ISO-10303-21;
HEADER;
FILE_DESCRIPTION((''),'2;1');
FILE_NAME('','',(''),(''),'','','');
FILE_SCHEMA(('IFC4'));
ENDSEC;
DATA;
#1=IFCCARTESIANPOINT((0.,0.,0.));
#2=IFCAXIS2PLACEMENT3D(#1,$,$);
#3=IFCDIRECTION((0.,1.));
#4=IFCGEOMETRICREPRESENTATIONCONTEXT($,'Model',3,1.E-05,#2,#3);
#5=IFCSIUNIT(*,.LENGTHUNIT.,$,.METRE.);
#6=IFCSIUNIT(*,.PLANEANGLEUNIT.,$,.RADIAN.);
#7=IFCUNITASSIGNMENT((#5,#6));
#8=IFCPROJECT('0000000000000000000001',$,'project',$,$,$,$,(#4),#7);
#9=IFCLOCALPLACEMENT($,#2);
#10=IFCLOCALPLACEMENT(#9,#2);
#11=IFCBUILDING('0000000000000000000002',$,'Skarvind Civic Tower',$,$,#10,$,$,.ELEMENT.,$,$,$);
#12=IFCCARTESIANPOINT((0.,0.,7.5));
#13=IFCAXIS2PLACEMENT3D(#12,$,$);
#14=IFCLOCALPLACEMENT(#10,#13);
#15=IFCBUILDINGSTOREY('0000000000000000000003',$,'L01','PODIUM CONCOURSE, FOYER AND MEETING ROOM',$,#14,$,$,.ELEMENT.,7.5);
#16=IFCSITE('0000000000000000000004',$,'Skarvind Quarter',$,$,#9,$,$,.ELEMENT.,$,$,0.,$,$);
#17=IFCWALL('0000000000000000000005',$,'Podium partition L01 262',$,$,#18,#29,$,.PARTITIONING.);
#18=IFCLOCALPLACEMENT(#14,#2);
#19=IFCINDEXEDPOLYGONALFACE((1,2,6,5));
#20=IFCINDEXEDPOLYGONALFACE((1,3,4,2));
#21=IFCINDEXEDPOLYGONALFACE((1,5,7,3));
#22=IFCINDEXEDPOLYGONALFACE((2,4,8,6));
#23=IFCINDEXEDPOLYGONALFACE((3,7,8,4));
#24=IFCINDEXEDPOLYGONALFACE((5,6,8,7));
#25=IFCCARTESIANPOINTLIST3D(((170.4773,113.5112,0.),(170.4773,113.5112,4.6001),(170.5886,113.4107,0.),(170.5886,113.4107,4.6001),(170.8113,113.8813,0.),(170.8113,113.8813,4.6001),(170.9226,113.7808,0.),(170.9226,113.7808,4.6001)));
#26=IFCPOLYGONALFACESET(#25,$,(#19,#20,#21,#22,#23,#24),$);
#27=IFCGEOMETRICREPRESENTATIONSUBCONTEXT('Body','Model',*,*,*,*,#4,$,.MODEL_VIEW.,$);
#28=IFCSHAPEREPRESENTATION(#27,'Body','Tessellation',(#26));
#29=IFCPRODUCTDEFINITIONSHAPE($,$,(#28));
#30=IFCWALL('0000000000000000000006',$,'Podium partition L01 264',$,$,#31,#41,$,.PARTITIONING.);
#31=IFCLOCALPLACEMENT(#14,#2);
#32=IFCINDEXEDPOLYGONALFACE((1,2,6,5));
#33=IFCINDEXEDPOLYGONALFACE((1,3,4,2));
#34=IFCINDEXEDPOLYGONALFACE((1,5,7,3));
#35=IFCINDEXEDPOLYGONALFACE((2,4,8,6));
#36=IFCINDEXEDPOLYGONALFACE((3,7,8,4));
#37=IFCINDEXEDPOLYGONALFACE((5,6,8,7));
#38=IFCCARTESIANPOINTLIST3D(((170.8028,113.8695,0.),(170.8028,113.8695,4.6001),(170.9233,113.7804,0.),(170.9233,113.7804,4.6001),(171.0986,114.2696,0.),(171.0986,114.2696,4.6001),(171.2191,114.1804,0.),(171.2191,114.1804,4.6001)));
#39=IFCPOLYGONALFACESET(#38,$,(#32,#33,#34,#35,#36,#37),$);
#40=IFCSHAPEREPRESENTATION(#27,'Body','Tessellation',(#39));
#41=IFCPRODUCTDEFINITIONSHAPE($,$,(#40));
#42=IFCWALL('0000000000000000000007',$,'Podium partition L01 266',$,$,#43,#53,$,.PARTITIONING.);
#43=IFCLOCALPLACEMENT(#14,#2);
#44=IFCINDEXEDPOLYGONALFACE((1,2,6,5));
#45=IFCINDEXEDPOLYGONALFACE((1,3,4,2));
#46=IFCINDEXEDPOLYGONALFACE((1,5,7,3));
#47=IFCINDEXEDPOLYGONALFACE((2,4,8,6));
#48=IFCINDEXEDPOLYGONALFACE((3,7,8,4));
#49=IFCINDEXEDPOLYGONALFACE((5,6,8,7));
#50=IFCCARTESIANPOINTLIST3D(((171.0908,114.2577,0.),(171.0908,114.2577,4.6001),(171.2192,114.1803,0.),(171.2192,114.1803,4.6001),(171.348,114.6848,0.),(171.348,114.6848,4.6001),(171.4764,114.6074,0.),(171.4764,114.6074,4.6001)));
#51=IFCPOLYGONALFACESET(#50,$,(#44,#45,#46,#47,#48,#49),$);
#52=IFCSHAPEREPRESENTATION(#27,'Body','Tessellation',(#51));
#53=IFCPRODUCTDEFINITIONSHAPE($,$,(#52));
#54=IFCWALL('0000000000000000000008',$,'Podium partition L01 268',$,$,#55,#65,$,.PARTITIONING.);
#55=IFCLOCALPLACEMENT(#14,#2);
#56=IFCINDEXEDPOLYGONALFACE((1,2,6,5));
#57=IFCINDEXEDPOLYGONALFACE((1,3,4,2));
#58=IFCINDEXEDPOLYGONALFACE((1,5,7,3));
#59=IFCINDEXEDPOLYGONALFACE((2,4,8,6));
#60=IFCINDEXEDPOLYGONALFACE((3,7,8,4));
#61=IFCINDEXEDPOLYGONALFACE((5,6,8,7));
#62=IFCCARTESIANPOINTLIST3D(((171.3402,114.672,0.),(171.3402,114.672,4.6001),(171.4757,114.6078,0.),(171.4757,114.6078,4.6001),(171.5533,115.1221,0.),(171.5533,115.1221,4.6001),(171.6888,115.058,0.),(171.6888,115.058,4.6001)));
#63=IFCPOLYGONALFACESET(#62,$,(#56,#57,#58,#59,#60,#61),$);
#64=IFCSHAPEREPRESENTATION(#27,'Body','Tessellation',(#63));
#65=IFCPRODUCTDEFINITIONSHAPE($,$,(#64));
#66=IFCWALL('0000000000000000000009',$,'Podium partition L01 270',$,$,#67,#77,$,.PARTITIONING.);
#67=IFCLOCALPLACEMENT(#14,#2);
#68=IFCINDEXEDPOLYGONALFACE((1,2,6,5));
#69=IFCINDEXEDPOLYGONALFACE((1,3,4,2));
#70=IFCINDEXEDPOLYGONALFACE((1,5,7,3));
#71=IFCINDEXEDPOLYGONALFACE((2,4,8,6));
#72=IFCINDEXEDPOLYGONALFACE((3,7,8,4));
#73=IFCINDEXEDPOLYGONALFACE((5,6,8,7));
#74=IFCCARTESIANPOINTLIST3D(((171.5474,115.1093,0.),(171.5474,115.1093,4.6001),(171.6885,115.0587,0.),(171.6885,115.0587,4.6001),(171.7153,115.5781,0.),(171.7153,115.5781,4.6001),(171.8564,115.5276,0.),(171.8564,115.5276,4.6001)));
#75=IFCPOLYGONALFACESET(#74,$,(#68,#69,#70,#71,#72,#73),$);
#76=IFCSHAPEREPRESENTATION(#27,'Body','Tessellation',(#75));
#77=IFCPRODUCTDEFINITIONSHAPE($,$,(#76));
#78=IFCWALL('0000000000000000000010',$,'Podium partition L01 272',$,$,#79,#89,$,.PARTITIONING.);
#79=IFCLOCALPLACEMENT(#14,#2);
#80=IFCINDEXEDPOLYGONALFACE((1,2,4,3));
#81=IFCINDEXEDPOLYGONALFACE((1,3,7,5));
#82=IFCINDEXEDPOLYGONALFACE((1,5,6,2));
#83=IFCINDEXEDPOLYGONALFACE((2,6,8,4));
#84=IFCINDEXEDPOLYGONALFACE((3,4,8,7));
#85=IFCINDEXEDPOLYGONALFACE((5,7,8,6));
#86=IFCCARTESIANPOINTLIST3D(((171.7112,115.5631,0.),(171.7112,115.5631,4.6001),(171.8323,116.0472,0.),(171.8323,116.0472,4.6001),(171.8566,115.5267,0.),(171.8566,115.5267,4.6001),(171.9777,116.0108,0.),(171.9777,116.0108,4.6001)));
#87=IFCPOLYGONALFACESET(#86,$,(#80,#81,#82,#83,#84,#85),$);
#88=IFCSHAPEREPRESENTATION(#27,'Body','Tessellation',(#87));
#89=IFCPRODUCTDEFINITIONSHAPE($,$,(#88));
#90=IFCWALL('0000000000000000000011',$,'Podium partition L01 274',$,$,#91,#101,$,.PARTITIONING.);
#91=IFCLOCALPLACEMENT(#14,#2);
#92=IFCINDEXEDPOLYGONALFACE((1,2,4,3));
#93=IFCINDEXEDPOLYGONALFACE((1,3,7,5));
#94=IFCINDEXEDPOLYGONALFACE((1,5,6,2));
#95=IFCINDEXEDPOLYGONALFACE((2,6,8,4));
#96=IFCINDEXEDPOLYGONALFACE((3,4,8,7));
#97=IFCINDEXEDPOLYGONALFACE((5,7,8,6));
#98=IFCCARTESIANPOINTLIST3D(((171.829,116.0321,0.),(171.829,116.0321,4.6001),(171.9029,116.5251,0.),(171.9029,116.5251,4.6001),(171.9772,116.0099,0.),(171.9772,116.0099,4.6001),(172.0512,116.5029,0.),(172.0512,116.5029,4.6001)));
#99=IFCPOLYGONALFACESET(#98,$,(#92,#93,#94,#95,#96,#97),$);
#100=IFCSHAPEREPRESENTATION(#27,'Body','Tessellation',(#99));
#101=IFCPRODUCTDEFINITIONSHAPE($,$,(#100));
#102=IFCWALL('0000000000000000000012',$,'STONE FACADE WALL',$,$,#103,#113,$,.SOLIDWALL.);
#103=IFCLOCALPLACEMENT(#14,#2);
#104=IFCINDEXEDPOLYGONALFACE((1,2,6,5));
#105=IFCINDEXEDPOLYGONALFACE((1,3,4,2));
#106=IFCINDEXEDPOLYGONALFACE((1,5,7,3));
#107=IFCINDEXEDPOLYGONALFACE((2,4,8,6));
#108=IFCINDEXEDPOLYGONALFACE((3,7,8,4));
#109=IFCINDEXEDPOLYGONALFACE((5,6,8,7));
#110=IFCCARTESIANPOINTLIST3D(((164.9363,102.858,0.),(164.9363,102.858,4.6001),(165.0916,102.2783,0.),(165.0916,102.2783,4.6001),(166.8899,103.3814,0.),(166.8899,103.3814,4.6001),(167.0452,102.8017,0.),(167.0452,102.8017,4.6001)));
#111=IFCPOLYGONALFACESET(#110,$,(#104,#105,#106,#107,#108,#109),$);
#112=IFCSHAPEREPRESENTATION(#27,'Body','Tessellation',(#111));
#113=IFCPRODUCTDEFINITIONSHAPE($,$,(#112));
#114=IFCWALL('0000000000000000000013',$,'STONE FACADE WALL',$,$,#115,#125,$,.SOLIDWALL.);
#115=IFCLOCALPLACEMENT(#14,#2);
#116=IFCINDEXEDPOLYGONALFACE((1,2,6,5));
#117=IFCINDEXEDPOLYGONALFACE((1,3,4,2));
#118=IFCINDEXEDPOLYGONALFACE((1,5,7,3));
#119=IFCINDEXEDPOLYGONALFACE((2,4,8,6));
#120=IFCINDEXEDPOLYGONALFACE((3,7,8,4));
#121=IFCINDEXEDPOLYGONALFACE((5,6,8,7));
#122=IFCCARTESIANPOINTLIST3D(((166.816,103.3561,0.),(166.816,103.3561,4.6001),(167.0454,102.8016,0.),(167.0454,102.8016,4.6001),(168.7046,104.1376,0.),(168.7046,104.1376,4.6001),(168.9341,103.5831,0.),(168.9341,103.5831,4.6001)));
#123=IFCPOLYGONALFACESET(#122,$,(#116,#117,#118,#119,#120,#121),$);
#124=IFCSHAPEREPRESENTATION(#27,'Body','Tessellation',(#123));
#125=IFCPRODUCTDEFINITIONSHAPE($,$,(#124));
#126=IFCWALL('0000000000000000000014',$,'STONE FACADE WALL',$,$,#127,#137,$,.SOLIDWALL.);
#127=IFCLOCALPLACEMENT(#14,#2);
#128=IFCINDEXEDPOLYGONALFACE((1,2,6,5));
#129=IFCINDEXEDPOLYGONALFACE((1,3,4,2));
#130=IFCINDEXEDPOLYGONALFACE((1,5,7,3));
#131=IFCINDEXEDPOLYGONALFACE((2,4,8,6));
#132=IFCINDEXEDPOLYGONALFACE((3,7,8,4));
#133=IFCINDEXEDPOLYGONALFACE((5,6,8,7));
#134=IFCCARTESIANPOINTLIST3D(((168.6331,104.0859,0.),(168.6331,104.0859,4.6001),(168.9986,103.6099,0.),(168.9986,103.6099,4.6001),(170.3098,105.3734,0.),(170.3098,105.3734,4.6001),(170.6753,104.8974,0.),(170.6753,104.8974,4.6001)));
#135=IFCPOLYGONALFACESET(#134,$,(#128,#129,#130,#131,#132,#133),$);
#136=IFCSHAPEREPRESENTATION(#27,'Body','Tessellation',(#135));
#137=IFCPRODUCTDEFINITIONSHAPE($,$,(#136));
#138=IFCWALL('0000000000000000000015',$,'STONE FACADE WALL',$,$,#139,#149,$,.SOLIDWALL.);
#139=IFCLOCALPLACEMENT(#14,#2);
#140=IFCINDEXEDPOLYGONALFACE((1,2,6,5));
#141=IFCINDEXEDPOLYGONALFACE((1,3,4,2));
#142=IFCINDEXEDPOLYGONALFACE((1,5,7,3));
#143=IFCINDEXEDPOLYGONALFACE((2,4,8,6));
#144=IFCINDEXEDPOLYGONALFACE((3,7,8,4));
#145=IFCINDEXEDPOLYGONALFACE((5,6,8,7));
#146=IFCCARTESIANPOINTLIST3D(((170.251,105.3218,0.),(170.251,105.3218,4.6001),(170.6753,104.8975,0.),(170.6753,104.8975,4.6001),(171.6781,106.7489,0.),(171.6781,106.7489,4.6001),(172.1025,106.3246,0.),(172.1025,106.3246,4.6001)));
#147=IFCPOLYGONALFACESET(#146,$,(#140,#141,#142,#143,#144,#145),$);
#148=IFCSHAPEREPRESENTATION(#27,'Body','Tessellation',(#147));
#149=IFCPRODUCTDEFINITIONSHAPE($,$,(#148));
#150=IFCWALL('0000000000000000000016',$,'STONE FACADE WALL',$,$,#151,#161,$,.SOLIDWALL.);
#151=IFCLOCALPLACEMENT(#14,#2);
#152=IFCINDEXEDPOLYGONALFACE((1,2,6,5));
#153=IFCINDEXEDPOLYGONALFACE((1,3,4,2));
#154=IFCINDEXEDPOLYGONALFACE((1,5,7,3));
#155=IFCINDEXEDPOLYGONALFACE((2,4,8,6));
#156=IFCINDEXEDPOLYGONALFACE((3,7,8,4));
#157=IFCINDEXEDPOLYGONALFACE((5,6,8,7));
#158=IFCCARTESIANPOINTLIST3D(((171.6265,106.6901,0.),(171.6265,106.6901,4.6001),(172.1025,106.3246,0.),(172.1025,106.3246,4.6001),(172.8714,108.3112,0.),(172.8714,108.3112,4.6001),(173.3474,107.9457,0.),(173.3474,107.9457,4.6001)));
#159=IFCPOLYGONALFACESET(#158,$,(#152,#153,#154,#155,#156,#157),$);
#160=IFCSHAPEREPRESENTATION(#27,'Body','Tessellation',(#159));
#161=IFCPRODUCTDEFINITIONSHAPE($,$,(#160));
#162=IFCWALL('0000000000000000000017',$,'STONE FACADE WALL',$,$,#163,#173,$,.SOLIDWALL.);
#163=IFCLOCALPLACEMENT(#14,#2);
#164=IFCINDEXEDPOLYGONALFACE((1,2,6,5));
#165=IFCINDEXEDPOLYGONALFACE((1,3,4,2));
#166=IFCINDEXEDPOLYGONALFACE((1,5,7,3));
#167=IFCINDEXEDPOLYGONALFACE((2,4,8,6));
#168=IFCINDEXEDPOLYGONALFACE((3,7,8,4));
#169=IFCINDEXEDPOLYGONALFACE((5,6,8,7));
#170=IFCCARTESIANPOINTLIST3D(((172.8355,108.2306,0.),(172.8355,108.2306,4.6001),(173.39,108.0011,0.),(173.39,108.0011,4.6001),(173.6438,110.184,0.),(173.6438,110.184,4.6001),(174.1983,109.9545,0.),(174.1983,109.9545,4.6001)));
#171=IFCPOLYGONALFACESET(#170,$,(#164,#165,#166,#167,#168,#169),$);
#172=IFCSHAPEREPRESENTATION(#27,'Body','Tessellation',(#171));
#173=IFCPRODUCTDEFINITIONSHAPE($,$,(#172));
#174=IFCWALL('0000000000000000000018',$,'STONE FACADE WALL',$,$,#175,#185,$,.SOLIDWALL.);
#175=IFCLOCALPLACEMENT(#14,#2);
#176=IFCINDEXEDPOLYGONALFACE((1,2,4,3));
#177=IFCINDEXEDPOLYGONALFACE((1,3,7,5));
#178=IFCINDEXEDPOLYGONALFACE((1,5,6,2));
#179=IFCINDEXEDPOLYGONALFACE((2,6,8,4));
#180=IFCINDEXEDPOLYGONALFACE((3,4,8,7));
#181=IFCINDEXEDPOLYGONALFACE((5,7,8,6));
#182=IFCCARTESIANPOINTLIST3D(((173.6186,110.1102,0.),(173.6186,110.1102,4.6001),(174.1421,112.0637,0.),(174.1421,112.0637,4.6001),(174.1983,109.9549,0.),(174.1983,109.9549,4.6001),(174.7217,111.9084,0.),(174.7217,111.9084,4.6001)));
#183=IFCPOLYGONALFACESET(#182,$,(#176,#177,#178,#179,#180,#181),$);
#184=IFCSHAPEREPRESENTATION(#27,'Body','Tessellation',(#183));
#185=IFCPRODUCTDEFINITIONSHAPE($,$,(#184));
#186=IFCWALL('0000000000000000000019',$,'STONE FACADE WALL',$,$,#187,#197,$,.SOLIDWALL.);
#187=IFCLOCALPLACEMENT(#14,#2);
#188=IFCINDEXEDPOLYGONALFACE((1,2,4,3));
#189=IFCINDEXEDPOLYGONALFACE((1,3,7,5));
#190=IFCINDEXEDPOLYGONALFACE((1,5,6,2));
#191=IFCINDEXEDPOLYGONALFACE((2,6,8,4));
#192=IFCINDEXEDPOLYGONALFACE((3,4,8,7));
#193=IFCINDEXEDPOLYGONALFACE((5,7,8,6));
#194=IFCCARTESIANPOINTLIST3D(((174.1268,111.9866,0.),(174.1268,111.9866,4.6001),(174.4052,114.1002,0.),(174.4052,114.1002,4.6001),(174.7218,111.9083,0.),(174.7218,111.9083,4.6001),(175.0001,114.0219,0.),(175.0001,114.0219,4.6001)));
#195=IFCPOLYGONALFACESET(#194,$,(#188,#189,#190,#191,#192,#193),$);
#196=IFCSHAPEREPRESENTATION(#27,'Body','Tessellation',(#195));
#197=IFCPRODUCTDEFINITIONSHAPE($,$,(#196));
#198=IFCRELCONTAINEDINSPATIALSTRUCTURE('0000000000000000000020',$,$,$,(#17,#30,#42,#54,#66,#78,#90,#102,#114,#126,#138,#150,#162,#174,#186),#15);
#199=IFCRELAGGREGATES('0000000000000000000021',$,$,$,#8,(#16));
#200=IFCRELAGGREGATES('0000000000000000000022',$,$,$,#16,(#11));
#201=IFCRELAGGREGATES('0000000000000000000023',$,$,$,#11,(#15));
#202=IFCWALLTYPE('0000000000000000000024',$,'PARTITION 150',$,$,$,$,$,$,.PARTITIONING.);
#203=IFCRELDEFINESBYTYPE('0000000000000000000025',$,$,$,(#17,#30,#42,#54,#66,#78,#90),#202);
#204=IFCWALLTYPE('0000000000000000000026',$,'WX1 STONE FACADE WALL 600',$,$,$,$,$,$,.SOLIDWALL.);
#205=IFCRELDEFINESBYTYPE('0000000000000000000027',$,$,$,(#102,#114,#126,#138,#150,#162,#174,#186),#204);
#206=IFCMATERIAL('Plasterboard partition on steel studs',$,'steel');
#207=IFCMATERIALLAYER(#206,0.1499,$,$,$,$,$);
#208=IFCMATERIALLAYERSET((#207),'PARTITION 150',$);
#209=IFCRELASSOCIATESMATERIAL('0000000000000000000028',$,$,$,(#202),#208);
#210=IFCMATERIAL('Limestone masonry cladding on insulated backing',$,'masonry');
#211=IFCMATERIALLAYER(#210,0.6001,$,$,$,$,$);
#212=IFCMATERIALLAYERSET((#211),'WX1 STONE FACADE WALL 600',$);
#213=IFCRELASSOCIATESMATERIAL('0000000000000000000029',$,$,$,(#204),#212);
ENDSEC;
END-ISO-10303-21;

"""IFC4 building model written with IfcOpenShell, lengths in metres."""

from ifc_helpers import new_model, si_unit, direction, frame, frame_2d, origin, place, context, subcontext, project, spatial, rectangle, extrude, material, layer, layer_set, type_object, element, save


model = new_model("IFC4")

# Units and contexts
model_context = context("Model", 3, precision=1e-05, world=origin(), true_north=direction((0.0, 1.0)))
body_context = subcontext(model_context, "Body", "Model", "MODEL_VIEW")
ifc_project = project(units=[si_unit("LENGTHUNIT", "METRE"), si_unit("PLANEANGLEUNIT", "RADIAN")], contexts=[model_context])

# Site, building, storey
site_placement = place(None, origin())
site = spatial("IfcSite", under=ifc_project, at=site_placement, Name="Skarvind Quarter", CompositionType="ELEMENT", RefElevation=0.0)
building_placement = place(site_placement, origin())
building = spatial("IfcBuilding", under=site, at=building_placement, Name="Skarvind Civic Tower", CompositionType="ELEMENT")
storey_placement = place(building_placement, frame((0.0, 0.0, 7.5)))
storey = spatial("IfcBuildingStorey", under=building, at=storey_placement, Name="L01", Description="PODIUM CONCOURSE, FOYER AND MEETING ROOM", CompositionType="ELEMENT", Elevation=7.5)

# Shared definitions
ifc_material_1 = material(Name="Plasterboard partition on steel studs", Category="steel")
ifc_layer_1 = layer(ifc_material_1, 0.1499)
ifc_layer_set_1 = layer_set([ifc_layer_1], Name="PARTITION 150")
wall_type_1 = type_object("IfcWallType", Name="PARTITION 150", PredefinedType="PARTITIONING", material=ifc_layer_set_1)

# Walls
for number, where, z_axis, x_axis, name in (
    (1, (170.533, 113.4609, 0.0), (0.0, 0.0, 1.0), (0.669938, 0.742417, 0.0), "Podium partition L01 262"),
):
    element("IfcWall", number, at=place(storey_placement, frame(where, z_axis=z_axis, x_axis=x_axis)), inside=storey, type_object=wall_type_1, Name=name, PredefinedType="PARTITIONING", context=body_context, shape_type="SweptSolid", body=[
        extrude(rectangle(XDim=0.4985, YDim=0.1499, at=frame_2d((0.2493, 0.0))), origin(), (0.0, 0.0, 1.0), 4.6001),
    ])
wall_1_placement = place(storey_placement, frame((170.863, 113.825, 0.0), z_axis=(0.0, 0.0, 1.0), x_axis=(0.59457, 0.804044, 0.0)))
element("IfcWall", 2, at=wall_1_placement, inside=storey, type_object=wall_type_1, Name="Podium partition L01 264", PredefinedType="PARTITIONING", context=body_context, shape_type="SweptSolid", body=[
    extrude(rectangle(XDim=0.4976, YDim=0.1499, at=frame_2d((0.2488, 0.0))), origin(), (0.0, 0.0, 1.0), 4.6001),
])
wall_2_placement = place(storey_placement, frame((171.155, 114.219, 0.0), z_axis=(0.0, 0.0, 1.0), x_axis=(0.515792, 0.856714, 0.0)))
element("IfcWall", 3, at=wall_2_placement, inside=storey, type_object=wall_type_1, Name="Podium partition L01 266", PredefinedType="PARTITIONING", context=body_context, shape_type="SweptSolid", body=[
    extrude(rectangle(XDim=0.4985, YDim=0.1499, at=frame_2d((0.2493, 0.0))), origin(), (0.0, 0.0, 1.0), 4.6001),
])
for number, where, z_axis, x_axis, name in (
    (4, (171.408, 114.6399, 0.0), (0.0, 0.0, 1.0), (0.427897, 0.903828, 0.0), "Podium partition L01 268"),
    (5, (171.6179, 115.084, 0.0), (0.0, 0.0, 1.0), (0.337174, 0.941442, 0.0), "Podium partition L01 270"),
):
    element("IfcWall", number, at=place(storey_placement, frame(where, z_axis=z_axis, x_axis=x_axis)), inside=storey, type_object=wall_type_1, Name=name, PredefinedType="PARTITIONING", context=body_context, shape_type="SweptSolid", body=[
        extrude(rectangle(XDim=0.498, YDim=0.1499, at=frame_2d((0.249, 0.0))), origin(), (0.0, 0.0, 1.0), 4.6001),
    ])
wall_3_placement = place(storey_placement, frame((171.7839, 115.5449, 0.0), z_axis=(0.0, 0.0, 1.0), x_axis=(0.242651, 0.970114, 0.0)))
element("IfcWall", 6, at=wall_3_placement, inside=storey, type_object=wall_type_1, Name="Podium partition L01 272", PredefinedType="PARTITIONING", context=body_context, shape_type="SweptSolid", body=[
    extrude(rectangle(XDim=0.499, YDim=0.1499, at=frame_2d((0.2495, 0.0))), origin(), (0.0, 0.0, 1.0), 4.6001),
])
wall_4_placement = place(storey_placement, frame((171.9031, 116.021, 0.0), z_axis=(0.0, 0.0, 1.0), x_axis=(0.148412, 0.988926, 0.0)))
element("IfcWall", 7, at=wall_4_placement, inside=storey, type_object=wall_type_1, Name="Podium partition L01 274", PredefinedType="PARTITIONING", context=body_context, shape_type="SweptSolid", body=[
    extrude(rectangle(XDim=0.4985, YDim=0.1499, at=frame_2d((0.2493, 0.0))), origin(), (0.0, 0.0, 1.0), 4.6001),
])
ifc_material_2 = material(Name="Limestone masonry cladding on insulated backing", Category="masonry")
ifc_layer_2 = layer(ifc_material_2, 0.6001)
ifc_layer_set_2 = layer_set([ifc_layer_2], Name="WX1 STONE FACADE WALL 600")
wall_type_2 = type_object("IfcWallType", Name="WX1 STONE FACADE WALL 600", PredefinedType="SOLIDWALL", material=ifc_layer_set_2)
wall_5_placement = place(storey_placement, frame((166.9675, 103.0916, 0.0), z_axis=(0.0, 0.0, 1.0), x_axis=(-0.96593, -0.258804, 0.0)))
element("IfcWall", 8, at=wall_5_placement, inside=storey, type_object=wall_type_2, Name="STONE FACADE WALL", PredefinedType="SOLIDWALL", context=body_context, shape_type="SweptSolid", body=[
    extrude(rectangle(XDim=2.0225, YDim=0.6001, at=frame_2d((1.0112, 0.0))), origin(), (0.0, 0.0, 1.0), 4.6001),
])
wall_6_placement = place(storey_placement, frame((168.8193, 103.8604, 0.0), z_axis=(0.0, 0.0, 1.0), x_axis=(-0.924021, -0.382341, 0.0)))
element("IfcWall", 9, at=wall_6_placement, inside=storey, type_object=wall_type_2, Name="STONE FACADE WALL", PredefinedType="SOLIDWALL", context=body_context, shape_type="SweptSolid", body=[
    extrude(rectangle(XDim=2.0439, YDim=0.6001, at=frame_2d((1.022, 0.0))), origin(), (0.0, 0.0, 1.0), 4.6001),
])
wall_7_placement = place(storey_placement, frame((170.4927, 105.1355, 0.0), z_axis=(0.0, 0.0, 1.0), x_axis=(-0.79313, -0.609052, 0.0)))
element("IfcWall", 10, at=wall_7_placement, inside=storey, type_object=wall_type_2, Name="STONE FACADE WALL", PredefinedType="SOLIDWALL", context=body_context, shape_type="SweptSolid", body=[
    extrude(rectangle(XDim=2.114, YDim=0.6001, at=frame_2d((1.0571, 0.0))), origin(), (0.0, 0.0, 1.0), 4.6001),
])
wall_8_placement = place(storey_placement, frame((171.8904, 106.5369, 0.0), z_axis=(0.0, 0.0, 1.0), x_axis=(-0.707107, -0.707107, 0.0)))
element("IfcWall", 11, at=wall_8_placement, inside=storey, type_object=wall_type_2, Name="STONE FACADE WALL", PredefinedType="SOLIDWALL", context=body_context, shape_type="SweptSolid", body=[
    extrude(rectangle(XDim=2.0183, YDim=0.6001, at=frame_2d((1.0093, 0.0))), origin(), (0.0, 0.0, 1.0), 4.6001),
])
wall_9_placement = place(storey_placement, frame((173.1094, 108.1284, 0.0), z_axis=(0.0, 0.0, 1.0), x_axis=(-0.609058, -0.793125, 0.0)))
element("IfcWall", 12, at=wall_9_placement, inside=storey, type_object=wall_type_2, Name="STONE FACADE WALL", PredefinedType="SOLIDWALL", context=body_context, shape_type="SweptSolid", body=[
    extrude(rectangle(XDim=2.0439, YDim=0.6001, at=frame_2d((1.022, 0.0))), origin(), (0.0, 0.0, 1.0), 4.6001),
])
wall_10_placement = place(storey_placement, frame((173.9211, 110.0693, 0.0), z_axis=(0.0, 0.0, 1.0), x_axis=(-0.382376, -0.924007, 0.0)))
element("IfcWall", 13, at=wall_10_placement, inside=storey, type_object=wall_type_2, Name="STONE FACADE WALL", PredefinedType="SOLIDWALL", context=body_context, shape_type="SweptSolid", body=[
    extrude(rectangle(XDim=2.114, YDim=0.6001, at=frame_2d((1.0571, 0.0))), origin(), (0.0, 0.0, 1.0), 4.6001),
])
wall_11_placement = place(storey_placement, frame((174.4319, 111.9861, 0.0), z_axis=(0.0, 0.0, 1.0), x_axis=(-0.258804, -0.96593, 0.0)))
element("IfcWall", 14, at=wall_11_placement, inside=storey, type_object=wall_type_2, Name="STONE FACADE WALL", PredefinedType="SOLIDWALL", context=body_context, shape_type="SweptSolid", body=[
    extrude(rectangle(XDim=2.0225, YDim=0.6001, at=frame_2d((1.0112, 0.0))), origin(), (0.0, 0.0, 1.0), 4.6001),
])
wall_12_placement = place(storey_placement, frame((174.7026, 114.061, 0.0), z_axis=(0.0, 0.0, 1.0), x_axis=(-0.130558, -0.991441, 0.0)))
element("IfcWall", 15, at=wall_12_placement, inside=storey, type_object=wall_type_2, Name="STONE FACADE WALL", PredefinedType="SOLIDWALL", context=body_context, shape_type="SweptSolid", body=[
    extrude(rectangle(XDim=2.1318, YDim=0.6001, at=frame_2d((1.0659, 0.0))), origin(), (0.0, 0.0, 1.0), 4.6001),
])

save(model, "model.ifc")
